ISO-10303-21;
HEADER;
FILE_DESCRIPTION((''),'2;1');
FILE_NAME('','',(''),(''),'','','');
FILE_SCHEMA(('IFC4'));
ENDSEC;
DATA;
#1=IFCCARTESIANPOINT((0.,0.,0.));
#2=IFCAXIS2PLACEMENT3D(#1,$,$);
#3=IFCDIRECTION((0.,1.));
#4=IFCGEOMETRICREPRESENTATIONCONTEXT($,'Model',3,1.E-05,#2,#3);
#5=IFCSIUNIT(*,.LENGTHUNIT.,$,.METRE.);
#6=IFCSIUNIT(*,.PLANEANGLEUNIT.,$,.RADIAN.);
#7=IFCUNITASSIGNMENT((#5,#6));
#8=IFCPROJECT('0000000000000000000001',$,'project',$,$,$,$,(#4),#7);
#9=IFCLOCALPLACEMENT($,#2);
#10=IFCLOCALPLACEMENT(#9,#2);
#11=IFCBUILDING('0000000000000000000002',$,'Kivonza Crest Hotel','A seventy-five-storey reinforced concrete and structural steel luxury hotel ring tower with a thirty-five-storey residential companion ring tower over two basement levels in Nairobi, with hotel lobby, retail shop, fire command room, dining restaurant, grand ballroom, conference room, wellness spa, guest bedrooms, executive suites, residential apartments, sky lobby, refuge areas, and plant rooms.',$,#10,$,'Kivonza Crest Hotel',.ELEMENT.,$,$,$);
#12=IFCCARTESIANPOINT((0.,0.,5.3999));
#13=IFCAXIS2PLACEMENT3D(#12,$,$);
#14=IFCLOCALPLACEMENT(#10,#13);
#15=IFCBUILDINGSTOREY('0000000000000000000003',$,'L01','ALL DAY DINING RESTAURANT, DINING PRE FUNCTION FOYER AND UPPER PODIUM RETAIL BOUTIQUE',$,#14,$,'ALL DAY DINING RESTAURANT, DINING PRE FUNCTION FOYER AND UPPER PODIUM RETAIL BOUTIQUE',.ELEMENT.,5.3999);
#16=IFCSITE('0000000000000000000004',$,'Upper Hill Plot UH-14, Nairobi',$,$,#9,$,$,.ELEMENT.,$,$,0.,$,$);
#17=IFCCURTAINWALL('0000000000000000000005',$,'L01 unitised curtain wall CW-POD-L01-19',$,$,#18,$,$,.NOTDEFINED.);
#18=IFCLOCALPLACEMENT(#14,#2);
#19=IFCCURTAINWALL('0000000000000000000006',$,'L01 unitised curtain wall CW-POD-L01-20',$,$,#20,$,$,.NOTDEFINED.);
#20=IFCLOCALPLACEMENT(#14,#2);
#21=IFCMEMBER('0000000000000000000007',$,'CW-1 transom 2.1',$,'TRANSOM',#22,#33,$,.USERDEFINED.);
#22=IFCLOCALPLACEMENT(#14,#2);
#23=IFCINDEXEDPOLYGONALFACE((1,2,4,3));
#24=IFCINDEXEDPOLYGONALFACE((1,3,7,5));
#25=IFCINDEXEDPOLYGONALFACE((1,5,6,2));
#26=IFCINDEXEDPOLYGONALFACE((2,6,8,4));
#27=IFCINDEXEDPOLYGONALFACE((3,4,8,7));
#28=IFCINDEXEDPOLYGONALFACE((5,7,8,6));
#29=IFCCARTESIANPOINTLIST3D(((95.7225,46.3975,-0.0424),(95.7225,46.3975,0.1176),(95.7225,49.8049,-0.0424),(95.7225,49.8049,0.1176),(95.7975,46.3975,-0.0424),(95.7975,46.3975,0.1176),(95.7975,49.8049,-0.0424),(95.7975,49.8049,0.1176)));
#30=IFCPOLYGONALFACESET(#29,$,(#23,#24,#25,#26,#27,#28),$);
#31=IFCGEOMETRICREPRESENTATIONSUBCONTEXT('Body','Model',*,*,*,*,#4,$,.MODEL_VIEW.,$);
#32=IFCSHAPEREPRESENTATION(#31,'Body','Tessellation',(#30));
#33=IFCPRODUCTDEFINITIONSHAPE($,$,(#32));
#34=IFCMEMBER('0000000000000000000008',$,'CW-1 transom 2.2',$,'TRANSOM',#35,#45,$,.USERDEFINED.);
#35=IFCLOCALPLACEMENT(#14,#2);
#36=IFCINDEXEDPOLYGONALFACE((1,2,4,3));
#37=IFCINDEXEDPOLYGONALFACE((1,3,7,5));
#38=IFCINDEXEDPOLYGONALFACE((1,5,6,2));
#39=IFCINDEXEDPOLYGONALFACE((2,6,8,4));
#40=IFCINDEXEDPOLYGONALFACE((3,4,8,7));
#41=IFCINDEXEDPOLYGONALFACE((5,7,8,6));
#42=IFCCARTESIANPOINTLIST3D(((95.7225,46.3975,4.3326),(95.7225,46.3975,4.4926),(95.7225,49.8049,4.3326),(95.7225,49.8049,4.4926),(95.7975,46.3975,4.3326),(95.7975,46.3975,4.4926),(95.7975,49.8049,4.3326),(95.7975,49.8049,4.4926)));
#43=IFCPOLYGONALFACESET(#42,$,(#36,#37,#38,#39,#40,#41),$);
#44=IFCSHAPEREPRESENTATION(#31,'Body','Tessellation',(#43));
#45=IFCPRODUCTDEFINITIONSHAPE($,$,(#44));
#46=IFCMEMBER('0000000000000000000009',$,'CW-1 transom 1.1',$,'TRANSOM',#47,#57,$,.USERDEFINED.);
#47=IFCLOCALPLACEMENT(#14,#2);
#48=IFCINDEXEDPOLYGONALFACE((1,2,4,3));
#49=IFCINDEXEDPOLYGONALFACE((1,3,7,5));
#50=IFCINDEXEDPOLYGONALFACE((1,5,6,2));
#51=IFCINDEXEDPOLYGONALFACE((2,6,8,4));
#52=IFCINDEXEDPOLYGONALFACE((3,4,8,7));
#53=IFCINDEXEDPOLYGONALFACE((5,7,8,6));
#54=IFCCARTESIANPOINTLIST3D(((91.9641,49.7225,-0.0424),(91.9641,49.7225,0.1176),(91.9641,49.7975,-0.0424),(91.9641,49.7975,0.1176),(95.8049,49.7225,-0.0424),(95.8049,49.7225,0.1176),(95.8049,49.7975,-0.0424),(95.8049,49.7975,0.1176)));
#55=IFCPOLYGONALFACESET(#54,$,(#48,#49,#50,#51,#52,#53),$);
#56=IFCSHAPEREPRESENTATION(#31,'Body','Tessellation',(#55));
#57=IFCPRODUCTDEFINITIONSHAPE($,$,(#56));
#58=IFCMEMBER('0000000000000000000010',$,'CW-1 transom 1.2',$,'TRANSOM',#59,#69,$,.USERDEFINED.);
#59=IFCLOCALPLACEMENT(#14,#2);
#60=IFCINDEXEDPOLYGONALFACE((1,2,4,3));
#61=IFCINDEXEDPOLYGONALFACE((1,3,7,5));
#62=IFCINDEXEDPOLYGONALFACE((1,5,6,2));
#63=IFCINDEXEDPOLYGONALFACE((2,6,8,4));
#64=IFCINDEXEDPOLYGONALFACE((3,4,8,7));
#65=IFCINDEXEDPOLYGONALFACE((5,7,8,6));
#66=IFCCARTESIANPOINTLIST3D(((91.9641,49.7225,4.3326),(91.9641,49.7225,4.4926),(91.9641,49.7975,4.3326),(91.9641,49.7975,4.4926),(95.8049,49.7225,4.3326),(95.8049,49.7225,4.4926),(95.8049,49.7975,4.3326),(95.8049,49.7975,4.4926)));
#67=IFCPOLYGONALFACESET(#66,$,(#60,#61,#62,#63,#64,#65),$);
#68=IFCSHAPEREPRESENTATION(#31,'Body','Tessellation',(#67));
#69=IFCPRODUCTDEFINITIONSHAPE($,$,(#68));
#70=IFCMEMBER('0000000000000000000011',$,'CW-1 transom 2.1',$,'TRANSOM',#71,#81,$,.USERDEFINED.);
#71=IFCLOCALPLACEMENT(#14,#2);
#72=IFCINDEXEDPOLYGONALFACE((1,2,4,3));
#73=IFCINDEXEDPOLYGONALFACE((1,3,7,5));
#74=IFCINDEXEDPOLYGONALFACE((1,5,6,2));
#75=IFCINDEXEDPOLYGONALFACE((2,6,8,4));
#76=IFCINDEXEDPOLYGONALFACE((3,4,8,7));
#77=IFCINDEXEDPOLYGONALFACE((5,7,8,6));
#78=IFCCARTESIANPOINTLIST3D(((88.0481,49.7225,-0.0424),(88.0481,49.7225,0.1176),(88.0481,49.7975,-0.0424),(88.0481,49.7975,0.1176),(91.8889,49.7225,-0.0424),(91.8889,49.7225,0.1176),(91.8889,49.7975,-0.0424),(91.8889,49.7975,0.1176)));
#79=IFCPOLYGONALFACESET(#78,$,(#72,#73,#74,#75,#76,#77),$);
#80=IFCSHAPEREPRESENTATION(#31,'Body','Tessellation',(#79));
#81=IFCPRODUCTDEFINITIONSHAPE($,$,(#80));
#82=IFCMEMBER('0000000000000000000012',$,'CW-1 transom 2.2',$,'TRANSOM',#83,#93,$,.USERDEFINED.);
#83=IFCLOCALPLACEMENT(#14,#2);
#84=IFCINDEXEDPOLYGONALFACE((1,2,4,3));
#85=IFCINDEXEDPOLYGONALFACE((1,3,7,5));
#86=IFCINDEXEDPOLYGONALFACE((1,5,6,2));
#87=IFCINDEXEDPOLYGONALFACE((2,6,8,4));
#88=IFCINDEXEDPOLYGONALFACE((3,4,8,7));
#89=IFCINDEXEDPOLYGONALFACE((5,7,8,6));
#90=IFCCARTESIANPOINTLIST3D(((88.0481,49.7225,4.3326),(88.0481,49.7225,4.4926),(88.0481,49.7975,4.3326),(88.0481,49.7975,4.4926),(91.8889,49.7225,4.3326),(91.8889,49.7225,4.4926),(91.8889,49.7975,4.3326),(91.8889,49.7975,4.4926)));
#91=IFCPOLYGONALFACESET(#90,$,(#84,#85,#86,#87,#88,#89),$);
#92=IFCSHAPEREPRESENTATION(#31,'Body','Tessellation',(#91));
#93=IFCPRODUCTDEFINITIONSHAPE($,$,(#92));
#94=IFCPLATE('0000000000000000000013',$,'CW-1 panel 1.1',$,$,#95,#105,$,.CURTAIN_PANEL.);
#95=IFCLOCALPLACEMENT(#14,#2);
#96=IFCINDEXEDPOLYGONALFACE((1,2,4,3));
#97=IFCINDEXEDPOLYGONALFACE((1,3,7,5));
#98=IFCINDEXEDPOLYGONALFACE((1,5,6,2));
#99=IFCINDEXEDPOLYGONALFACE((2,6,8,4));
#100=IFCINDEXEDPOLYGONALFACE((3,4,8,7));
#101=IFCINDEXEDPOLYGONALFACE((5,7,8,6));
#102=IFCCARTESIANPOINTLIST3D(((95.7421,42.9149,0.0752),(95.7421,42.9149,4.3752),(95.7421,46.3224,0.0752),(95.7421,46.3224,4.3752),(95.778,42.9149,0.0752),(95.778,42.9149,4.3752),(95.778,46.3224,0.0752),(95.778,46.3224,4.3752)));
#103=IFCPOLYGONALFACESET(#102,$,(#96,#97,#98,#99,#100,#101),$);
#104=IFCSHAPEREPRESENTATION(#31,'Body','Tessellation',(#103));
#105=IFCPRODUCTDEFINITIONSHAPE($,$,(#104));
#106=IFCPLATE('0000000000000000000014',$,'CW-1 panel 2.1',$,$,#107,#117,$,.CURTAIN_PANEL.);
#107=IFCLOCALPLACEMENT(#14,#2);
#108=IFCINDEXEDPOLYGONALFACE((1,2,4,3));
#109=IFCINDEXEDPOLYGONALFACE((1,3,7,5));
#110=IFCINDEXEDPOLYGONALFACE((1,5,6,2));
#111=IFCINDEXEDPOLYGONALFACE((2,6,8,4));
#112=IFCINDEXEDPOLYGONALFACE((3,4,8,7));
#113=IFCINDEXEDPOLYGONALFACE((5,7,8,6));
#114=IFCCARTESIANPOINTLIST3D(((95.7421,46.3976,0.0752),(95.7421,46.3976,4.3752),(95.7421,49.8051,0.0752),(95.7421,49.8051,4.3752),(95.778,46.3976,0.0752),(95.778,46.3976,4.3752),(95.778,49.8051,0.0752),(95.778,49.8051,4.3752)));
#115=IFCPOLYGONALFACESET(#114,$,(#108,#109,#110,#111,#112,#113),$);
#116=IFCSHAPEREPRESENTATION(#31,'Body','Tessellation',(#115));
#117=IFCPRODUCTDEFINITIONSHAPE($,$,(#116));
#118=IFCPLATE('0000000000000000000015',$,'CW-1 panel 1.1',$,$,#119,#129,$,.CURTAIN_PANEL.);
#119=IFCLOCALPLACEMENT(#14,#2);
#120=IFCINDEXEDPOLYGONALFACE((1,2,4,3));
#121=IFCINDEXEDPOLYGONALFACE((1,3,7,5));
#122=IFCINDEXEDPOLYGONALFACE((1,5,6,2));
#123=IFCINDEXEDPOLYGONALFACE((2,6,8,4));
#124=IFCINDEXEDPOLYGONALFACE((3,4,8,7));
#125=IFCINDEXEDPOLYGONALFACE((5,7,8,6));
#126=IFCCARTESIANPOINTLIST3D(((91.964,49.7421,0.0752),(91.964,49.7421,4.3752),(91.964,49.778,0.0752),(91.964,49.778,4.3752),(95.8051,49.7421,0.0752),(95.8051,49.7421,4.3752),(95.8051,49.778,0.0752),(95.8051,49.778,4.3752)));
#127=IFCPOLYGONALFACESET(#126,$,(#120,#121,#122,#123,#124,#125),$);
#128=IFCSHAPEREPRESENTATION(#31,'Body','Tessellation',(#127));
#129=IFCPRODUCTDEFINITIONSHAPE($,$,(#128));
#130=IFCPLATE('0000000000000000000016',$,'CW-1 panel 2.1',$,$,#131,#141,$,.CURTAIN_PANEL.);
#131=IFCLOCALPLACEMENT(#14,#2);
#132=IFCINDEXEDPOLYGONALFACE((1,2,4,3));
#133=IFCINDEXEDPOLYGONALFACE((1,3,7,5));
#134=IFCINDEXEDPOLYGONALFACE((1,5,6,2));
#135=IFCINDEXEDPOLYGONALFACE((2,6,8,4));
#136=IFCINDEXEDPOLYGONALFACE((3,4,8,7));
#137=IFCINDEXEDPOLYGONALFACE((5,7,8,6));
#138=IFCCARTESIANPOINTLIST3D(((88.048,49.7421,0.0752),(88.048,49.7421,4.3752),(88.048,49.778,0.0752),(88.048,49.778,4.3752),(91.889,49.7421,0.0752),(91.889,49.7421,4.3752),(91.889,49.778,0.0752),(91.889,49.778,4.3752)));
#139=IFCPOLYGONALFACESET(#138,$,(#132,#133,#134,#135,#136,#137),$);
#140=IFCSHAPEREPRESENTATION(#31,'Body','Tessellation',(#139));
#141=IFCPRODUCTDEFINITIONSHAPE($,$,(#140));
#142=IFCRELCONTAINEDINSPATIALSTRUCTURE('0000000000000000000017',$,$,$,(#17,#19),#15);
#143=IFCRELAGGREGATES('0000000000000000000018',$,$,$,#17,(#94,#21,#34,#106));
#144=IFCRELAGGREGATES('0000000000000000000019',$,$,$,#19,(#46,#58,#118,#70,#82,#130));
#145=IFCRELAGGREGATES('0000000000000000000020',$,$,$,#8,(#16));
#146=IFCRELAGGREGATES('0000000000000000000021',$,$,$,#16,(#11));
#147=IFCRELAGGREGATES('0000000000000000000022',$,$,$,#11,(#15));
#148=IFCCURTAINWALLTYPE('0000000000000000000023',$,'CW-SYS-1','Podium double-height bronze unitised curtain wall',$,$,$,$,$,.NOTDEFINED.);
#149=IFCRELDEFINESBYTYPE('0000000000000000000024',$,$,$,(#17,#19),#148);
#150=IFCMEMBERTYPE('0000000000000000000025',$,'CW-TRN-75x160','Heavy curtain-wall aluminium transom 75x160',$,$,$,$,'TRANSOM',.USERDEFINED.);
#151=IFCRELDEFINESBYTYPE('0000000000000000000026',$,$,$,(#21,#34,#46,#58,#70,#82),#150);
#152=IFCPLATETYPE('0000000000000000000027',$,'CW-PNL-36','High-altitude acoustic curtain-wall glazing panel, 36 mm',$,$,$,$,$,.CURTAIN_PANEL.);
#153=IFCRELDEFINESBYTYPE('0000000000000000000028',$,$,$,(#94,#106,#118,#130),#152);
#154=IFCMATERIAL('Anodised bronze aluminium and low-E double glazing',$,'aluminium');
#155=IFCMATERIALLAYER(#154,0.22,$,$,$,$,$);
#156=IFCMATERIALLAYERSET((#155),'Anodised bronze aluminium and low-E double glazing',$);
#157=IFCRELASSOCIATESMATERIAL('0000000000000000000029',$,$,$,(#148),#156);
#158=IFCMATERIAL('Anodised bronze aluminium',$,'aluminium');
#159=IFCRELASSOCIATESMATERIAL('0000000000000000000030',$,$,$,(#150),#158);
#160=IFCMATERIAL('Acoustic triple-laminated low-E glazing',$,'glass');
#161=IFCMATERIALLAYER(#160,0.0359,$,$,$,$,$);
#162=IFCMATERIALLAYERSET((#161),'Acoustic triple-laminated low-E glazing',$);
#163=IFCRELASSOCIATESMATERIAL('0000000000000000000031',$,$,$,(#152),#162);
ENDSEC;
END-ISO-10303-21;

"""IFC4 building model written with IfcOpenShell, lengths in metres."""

from ifc_helpers import new_model, si_unit, direction, frame, origin, origin_2d, place, context, subcontext, project, spatial, rectangle, extrude, material, layer, layer_set, material_profile, profile_set, type_object, element, aggregate, save


model = new_model("IFC4")

# Units and contexts
model_context = context("Model", 3, precision=1e-05, world=origin(), true_north=direction((0.0, 1.0)))
body_context = subcontext(model_context, "Body", "Model", "MODEL_VIEW")
ifc_project = project(units=[si_unit("LENGTHUNIT", "METRE"), si_unit("PLANEANGLEUNIT", "RADIAN")], contexts=[model_context])

# Site, building, storey
site_placement = place(None, origin())
site = spatial("IfcSite", under=ifc_project, at=site_placement, Name="Upper Hill Plot UH-14, Nairobi", CompositionType="ELEMENT", RefElevation=0.0)
building_placement = place(site_placement, origin())
building = spatial("IfcBuilding", under=site, at=building_placement, Name="Kivonza Crest Hotel", Description="A seventy-five-storey reinforced concrete and structural steel luxury hotel ring tower with a thirty-five-storey residential companion ring tower over two basement levels in Nairobi, with hotel lobby, retail shop, fire command room, dining restaurant, grand ballroom, conference room, wellness spa, guest bedrooms, executive suites, residential apartments, sky lobby, refuge areas, and plant rooms.", LongName="Kivonza Crest Hotel", CompositionType="ELEMENT")
storey_placement = place(building_placement, frame((0.0, 0.0, 5.3999)))
storey = spatial("IfcBuildingStorey", under=building, at=storey_placement, Name="L01", Description="ALL DAY DINING RESTAURANT, DINING PRE FUNCTION FOYER AND UPPER PODIUM RETAIL BOUTIQUE", LongName="ALL DAY DINING RESTAURANT, DINING PRE FUNCTION FOYER AND UPPER PODIUM RETAIL BOUTIQUE", CompositionType="ELEMENT", Elevation=5.3999)

# Curtain walls
ifc_material_1 = material(Name="Anodised bronze aluminium and low-E double glazing", Category="aluminium")
ifc_layer_1 = layer(ifc_material_1, 0.22)
ifc_layer_set_1 = layer_set([ifc_layer_1], Name="Anodised bronze aluminium and low-E double glazing")
curtain_wall_type = type_object("IfcCurtainWallType", Name="CW-SYS-1", Description="Podium double-height bronze unitised curtain wall", PredefinedType="NOTDEFINED", material=ifc_layer_set_1)
curtain_wall_1_placement = place(storey_placement, origin())
curtain_wall_1 = element("IfcCurtainWall", 1, at=curtain_wall_1_placement, inside=storey, type_object=curtain_wall_type, Name="L01 unitised curtain wall CW-POD-L01-19", PredefinedType="NOTDEFINED")
ifc_material_2 = material(Name="Anodised bronze aluminium", Category="aluminium")
curtain_wall_2_placement = place(storey_placement, origin())
curtain_wall_2 = element("IfcCurtainWall", 2, at=curtain_wall_2_placement, inside=storey, type_object=curtain_wall_type, Name="L01 unitised curtain wall CW-POD-L01-20", PredefinedType="NOTDEFINED")

# Members
ifc_material_profile_1 = material_profile(ifc_material_2, rectangle(XDim=0.075, YDim=0.1599, at=origin_2d()), Name="CW-T 75x160")
ifc_profile_set_1 = profile_set([ifc_material_profile_1], Name="Anodised bronze aluminium")
member_type_1 = type_object("IfcMemberType", Name="CW-TRN-75x160", Description="Heavy curtain-wall aluminium transom 75x160", ElementType="TRANSOM", PredefinedType="USERDEFINED", material=ifc_profile_set_1)
member_1_placement = place(storey_placement, frame((95.76, 46.3975, 0.0376), z_axis=(0.0, 1.0, 0.0), x_axis=(-1.0, 0.0, 0.0)))
member_1 = element("IfcMember", 3, at=member_1_placement, type_object=member_type_1, Name="CW-1 transom 2.1", ObjectType="TRANSOM", PredefinedType="USERDEFINED", context=body_context, shape_type="SweptSolid", body=[
    extrude(rectangle(XDim=0.075, YDim=0.1599, at=origin_2d()), origin(), (0.0, 0.0, 1.0), 3.4075),
])
member_2_placement = place(storey_placement, frame((95.76, 46.3975, 4.4126), z_axis=(0.0, 1.0, 0.0), x_axis=(-1.0, 0.0, 0.0)))
member_2 = element("IfcMember", 4, at=member_2_placement, type_object=member_type_1, Name="CW-1 transom 2.2", ObjectType="TRANSOM", PredefinedType="USERDEFINED", context=body_context, shape_type="SweptSolid", body=[
    extrude(rectangle(XDim=0.075, YDim=0.1599, at=origin_2d()), origin(), (0.0, 0.0, 1.0), 3.4075),
])
member_3_placement = place(storey_placement, frame((95.8049, 49.76, 0.0376), z_axis=(-1.0, 0.0, 0.0), x_axis=(0.0, -1.0, 0.0)))
member_3 = element("IfcMember", 5, at=member_3_placement, type_object=member_type_1, Name="CW-1 transom 1.1", ObjectType="TRANSOM", PredefinedType="USERDEFINED", context=body_context, shape_type="SweptSolid", body=[
    extrude(rectangle(XDim=0.075, YDim=0.1599, at=origin_2d()), origin(), (0.0, 0.0, 1.0), 3.8408),
])
member_4_placement = place(storey_placement, frame((95.8049, 49.76, 4.4126), z_axis=(-1.0, 0.0, 0.0), x_axis=(0.0, -1.0, 0.0)))
member_4 = element("IfcMember", 6, at=member_4_placement, type_object=member_type_1, Name="CW-1 transom 1.2", ObjectType="TRANSOM", PredefinedType="USERDEFINED", context=body_context, shape_type="SweptSolid", body=[
    extrude(rectangle(XDim=0.075, YDim=0.1599, at=origin_2d()), origin(), (0.0, 0.0, 1.0), 3.8408),
])
member_5_placement = place(storey_placement, frame((91.8889, 49.76, 0.0376), z_axis=(-1.0, 0.0, 0.0), x_axis=(0.0, -1.0, 0.0)))
member_5 = element("IfcMember", 7, at=member_5_placement, type_object=member_type_1, Name="CW-1 transom 2.1", ObjectType="TRANSOM", PredefinedType="USERDEFINED", context=body_context, shape_type="SweptSolid", body=[
    extrude(rectangle(XDim=0.075, YDim=0.1599, at=origin_2d()), origin(), (0.0, 0.0, 1.0), 3.8408),
])
member_6_placement = place(storey_placement, frame((91.8889, 49.76, 4.4126), z_axis=(-1.0, 0.0, 0.0), x_axis=(0.0, -1.0, 0.0)))
member_6 = element("IfcMember", 8, at=member_6_placement, type_object=member_type_1, Name="CW-1 transom 2.2", ObjectType="TRANSOM", PredefinedType="USERDEFINED", context=body_context, shape_type="SweptSolid", body=[
    extrude(rectangle(XDim=0.075, YDim=0.1599, at=origin_2d()), origin(), (0.0, 0.0, 1.0), 3.8408),
])

# Plates
ifc_material_3 = material(Name="Acoustic triple-laminated low-E glazing", Category="glass")
ifc_layer_2 = layer(ifc_material_3, 0.0359)
ifc_layer_set_2 = layer_set([ifc_layer_2], Name="Acoustic triple-laminated low-E glazing")
plate_type = type_object("IfcPlateType", Name="CW-PNL-36", Description="High-altitude acoustic curtain-wall glazing panel, 36 mm", PredefinedType="CURTAIN_PANEL", material=ifc_layer_set_2)
plate_1_placement = place(storey_placement, frame((95.76, 44.6187, 0.0752), z_axis=(0.0, 0.0, 1.0), x_axis=(0.0, 1.0, 0.0)))
plate_1 = element("IfcPlate", 9, at=plate_1_placement, type_object=plate_type, Name="CW-1 panel 1.1", PredefinedType="CURTAIN_PANEL", context=body_context, shape_type="SweptSolid", body=[
    extrude(rectangle(XDim=3.4075, YDim=0.0359, at=origin_2d()), origin(), (0.0, 0.0, 1.0), 4.3),
])
plate_2_placement = place(storey_placement, frame((95.76, 48.1013, 0.0752), z_axis=(0.0, 0.0, 1.0), x_axis=(0.0, 1.0, 0.0)))
plate_2 = element("IfcPlate", 10, at=plate_2_placement, type_object=plate_type, Name="CW-1 panel 2.1", PredefinedType="CURTAIN_PANEL", context=body_context, shape_type="SweptSolid", body=[
    extrude(rectangle(XDim=3.4075, YDim=0.0359, at=origin_2d()), origin(), (0.0, 0.0, 1.0), 4.3),
])
aggregate(curtain_wall_1, [plate_1, member_1, member_2, plate_2])
plate_3_placement = place(storey_placement, frame((93.8845, 49.76, 0.0752), z_axis=(0.0, 0.0, 1.0), x_axis=(-1.0, 0.0, 0.0)))
plate_3 = element("IfcPlate", 11, at=plate_3_placement, type_object=plate_type, Name="CW-1 panel 1.1", PredefinedType="CURTAIN_PANEL", context=body_context, shape_type="SweptSolid", body=[
    extrude(rectangle(XDim=3.8411, YDim=0.0359, at=origin_2d()), origin(), (0.0, 0.0, 1.0), 4.3),
])
plate_4_placement = place(storey_placement, frame((89.9685, 49.76, 0.0752), z_axis=(0.0, 0.0, 1.0), x_axis=(-1.0, 0.0, 0.0)))
plate_4 = element("IfcPlate", 12, at=plate_4_placement, type_object=plate_type, Name="CW-1 panel 2.1", PredefinedType="CURTAIN_PANEL", context=body_context, shape_type="SweptSolid", body=[
    extrude(rectangle(XDim=3.8411, YDim=0.0359, at=origin_2d()), origin(), (0.0, 0.0, 1.0), 4.3),
])
aggregate(curtain_wall_2, [member_3, member_4, plate_3, member_5, member_6, plate_4])

save(model, "model.ifc")
